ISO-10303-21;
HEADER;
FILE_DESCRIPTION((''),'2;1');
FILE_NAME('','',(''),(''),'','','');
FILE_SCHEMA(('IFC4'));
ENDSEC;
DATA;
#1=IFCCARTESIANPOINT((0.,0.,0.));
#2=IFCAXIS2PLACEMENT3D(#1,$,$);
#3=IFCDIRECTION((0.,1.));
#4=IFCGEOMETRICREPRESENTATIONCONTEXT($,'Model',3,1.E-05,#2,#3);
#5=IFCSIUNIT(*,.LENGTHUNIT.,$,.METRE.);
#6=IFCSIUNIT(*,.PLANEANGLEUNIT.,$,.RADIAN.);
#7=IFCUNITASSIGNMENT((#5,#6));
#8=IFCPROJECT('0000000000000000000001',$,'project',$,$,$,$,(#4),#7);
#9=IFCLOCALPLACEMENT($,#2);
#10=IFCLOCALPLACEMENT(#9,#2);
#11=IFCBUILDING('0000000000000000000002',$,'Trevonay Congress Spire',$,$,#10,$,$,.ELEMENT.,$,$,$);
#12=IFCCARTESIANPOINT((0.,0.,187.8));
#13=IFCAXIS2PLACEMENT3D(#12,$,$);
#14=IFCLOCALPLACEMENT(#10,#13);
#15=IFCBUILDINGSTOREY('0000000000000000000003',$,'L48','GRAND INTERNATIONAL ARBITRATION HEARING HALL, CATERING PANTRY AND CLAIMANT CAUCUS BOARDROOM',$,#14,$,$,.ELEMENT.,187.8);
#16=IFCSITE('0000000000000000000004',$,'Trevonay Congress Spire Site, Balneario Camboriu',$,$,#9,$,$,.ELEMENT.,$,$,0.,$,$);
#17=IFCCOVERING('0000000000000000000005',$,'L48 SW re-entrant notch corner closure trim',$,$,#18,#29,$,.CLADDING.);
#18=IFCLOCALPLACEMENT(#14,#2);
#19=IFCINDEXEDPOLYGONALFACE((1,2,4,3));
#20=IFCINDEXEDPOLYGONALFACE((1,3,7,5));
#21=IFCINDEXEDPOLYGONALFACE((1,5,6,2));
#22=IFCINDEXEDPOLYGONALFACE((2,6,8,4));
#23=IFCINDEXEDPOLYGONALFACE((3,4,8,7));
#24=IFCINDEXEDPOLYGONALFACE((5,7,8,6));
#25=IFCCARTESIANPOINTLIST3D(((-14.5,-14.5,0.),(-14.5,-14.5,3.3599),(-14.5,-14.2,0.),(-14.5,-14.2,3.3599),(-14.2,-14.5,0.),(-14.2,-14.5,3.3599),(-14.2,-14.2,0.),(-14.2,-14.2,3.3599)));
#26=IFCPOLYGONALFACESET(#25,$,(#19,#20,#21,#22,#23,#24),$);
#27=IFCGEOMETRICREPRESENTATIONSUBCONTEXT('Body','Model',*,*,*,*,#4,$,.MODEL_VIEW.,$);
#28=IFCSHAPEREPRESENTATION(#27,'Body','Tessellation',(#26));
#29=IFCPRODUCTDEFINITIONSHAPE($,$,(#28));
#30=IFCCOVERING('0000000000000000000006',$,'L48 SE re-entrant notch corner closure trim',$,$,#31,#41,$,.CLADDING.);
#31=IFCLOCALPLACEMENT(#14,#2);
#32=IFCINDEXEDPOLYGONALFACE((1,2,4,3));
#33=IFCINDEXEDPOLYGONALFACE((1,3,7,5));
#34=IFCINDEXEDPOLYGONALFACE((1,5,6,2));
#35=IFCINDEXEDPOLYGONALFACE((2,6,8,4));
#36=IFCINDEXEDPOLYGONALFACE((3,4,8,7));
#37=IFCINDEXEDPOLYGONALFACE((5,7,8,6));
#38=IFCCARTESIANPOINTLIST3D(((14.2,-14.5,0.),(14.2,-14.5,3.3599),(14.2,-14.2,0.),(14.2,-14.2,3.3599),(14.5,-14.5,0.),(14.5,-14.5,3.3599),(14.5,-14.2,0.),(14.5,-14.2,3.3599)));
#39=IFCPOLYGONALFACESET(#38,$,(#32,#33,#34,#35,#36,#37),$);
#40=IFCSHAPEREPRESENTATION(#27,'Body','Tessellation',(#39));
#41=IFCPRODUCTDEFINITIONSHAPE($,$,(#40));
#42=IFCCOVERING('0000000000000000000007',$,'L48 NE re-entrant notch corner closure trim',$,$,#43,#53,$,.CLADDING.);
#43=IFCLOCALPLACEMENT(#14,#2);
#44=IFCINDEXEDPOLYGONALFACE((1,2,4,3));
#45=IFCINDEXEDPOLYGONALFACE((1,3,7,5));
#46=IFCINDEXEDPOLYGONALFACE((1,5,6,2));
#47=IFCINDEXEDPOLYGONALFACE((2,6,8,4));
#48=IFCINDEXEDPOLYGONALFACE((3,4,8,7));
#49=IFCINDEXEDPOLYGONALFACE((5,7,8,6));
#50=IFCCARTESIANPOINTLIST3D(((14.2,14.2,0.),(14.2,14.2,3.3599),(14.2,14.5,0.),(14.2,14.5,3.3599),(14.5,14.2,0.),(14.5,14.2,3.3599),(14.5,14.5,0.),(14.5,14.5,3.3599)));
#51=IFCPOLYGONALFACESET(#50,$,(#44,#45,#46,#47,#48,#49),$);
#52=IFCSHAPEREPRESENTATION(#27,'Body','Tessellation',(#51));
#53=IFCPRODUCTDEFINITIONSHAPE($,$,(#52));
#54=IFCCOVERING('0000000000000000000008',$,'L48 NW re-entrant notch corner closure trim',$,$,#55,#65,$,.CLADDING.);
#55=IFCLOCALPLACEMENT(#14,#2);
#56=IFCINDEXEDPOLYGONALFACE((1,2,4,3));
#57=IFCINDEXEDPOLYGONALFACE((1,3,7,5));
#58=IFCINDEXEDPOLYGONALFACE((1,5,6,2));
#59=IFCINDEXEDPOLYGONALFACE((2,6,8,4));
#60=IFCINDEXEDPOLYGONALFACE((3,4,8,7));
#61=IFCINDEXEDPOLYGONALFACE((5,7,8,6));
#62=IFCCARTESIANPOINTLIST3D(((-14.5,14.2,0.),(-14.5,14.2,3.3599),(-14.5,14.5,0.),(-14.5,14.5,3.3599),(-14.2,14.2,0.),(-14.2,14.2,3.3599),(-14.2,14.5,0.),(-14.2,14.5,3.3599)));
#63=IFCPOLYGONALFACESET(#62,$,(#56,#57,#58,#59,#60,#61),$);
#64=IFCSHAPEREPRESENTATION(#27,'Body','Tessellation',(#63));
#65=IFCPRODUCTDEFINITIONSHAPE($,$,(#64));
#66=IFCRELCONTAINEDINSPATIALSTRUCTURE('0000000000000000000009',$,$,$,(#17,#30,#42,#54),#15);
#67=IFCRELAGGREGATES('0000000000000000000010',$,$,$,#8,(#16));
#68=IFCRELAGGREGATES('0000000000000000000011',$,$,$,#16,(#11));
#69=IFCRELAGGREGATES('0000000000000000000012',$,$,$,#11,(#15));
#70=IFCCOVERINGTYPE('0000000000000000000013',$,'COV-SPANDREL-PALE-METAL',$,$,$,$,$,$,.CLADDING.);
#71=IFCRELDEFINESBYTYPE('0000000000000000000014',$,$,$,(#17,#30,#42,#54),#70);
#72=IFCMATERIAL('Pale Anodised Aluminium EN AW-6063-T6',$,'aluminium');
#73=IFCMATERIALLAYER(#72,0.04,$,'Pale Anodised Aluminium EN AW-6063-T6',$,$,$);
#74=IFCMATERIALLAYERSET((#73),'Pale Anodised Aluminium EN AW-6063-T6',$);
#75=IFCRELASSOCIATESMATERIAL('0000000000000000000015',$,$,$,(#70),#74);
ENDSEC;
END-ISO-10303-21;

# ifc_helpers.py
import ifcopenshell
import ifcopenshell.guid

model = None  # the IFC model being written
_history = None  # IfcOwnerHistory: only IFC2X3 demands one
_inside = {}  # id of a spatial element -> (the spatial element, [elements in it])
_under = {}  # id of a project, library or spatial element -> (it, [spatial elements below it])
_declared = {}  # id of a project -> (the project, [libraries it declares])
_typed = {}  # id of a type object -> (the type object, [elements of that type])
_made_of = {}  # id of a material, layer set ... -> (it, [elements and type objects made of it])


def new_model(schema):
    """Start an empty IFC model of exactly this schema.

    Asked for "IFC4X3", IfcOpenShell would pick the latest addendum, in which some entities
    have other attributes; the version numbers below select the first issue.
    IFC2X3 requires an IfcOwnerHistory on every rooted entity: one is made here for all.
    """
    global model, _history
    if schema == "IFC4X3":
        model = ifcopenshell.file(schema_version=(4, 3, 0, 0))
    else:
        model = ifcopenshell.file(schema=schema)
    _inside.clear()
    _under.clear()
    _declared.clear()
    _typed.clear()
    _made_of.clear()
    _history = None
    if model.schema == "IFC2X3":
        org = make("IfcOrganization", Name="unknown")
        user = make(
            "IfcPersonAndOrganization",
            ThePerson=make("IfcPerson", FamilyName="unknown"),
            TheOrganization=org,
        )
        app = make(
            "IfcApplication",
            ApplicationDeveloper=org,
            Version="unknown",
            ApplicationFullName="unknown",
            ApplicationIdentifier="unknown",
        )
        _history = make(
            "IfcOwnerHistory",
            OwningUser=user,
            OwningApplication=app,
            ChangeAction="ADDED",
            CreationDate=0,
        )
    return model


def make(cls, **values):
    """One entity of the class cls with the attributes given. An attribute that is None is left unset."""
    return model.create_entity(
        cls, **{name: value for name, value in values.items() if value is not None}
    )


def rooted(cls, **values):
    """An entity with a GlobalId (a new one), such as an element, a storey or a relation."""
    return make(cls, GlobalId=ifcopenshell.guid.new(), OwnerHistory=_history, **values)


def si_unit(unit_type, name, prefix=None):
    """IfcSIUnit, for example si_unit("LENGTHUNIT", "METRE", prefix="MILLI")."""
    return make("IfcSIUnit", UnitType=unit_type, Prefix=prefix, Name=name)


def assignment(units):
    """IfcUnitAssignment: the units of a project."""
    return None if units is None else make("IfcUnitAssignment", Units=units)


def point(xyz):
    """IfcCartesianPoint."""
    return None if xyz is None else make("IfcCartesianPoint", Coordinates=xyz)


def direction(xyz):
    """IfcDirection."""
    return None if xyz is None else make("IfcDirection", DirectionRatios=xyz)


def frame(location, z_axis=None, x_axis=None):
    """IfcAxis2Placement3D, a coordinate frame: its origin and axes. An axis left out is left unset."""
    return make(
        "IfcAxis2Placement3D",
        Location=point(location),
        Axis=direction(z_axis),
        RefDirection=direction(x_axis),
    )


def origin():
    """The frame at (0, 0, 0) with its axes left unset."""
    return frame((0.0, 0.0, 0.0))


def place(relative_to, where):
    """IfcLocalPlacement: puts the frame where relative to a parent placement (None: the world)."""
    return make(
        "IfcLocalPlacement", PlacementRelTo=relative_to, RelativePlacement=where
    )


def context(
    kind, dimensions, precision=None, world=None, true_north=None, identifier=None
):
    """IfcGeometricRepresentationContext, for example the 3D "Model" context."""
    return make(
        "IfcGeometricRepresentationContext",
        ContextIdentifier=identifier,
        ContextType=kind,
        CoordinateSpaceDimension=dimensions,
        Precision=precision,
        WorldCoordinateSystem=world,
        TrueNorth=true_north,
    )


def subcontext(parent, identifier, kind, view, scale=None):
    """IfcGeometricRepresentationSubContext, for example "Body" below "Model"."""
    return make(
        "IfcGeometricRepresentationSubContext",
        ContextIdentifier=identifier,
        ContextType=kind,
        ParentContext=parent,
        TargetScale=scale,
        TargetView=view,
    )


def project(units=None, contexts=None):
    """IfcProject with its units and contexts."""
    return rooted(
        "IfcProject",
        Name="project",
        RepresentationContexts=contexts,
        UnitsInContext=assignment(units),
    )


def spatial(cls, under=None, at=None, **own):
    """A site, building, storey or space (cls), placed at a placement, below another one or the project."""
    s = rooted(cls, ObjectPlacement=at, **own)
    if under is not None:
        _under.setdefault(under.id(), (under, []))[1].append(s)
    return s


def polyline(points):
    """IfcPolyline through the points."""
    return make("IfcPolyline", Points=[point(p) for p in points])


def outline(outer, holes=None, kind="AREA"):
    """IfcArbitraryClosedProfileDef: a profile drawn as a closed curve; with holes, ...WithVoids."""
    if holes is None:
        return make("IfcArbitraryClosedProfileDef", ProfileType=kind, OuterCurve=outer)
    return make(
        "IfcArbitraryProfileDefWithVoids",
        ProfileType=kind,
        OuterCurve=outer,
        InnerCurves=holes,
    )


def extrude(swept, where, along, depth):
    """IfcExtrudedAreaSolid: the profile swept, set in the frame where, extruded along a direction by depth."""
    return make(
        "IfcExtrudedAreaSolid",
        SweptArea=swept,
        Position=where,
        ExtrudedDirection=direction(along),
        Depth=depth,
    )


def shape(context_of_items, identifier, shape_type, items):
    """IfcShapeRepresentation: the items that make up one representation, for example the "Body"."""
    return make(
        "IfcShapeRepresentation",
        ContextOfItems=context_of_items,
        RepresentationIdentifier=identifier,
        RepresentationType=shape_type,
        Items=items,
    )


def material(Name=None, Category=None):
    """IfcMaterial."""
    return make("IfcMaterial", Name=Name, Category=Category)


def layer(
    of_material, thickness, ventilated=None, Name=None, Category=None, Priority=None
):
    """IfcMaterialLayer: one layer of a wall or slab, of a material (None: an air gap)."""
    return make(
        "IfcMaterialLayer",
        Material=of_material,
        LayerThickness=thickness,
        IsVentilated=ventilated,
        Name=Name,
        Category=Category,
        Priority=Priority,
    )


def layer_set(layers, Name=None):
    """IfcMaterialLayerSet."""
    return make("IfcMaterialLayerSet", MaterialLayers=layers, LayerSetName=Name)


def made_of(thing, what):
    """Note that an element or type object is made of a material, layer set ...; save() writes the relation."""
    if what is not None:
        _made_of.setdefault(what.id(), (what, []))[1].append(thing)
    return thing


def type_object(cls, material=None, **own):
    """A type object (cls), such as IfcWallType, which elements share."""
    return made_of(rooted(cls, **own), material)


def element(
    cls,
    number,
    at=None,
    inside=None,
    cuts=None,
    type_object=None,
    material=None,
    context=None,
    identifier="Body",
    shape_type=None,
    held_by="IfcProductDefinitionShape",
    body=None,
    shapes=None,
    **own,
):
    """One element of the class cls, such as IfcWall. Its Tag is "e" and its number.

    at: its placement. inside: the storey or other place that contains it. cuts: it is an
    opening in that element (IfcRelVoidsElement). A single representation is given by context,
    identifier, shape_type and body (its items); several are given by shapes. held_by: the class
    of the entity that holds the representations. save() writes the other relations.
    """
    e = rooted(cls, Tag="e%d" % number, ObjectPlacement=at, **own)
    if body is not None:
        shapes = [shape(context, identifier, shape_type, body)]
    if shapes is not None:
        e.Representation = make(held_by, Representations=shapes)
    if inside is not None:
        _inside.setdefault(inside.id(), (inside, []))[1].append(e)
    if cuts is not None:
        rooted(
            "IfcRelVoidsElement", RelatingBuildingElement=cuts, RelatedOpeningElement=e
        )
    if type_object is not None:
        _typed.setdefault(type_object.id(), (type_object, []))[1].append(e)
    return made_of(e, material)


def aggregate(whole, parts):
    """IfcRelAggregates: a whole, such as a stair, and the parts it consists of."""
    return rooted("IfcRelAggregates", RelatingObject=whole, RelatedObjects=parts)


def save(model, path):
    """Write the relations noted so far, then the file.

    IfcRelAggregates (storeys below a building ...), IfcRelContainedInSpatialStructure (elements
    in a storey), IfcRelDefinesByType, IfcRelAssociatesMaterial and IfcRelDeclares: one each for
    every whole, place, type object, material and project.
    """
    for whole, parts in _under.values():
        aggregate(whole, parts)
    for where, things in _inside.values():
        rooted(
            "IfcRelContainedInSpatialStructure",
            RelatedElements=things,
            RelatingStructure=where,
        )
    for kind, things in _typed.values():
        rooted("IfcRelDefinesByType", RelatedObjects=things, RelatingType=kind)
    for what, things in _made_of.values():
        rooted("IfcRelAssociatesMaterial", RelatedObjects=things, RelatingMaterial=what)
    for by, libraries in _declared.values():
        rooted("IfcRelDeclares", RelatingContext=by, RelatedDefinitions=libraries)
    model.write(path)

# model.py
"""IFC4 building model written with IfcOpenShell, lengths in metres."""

from ifc_helpers import new_model, si_unit, direction, frame, origin, place, context, subcontext, project, spatial, polyline, outline, extrude, material, layer, layer_set, type_object, element, save


model = new_model("IFC4")

# Units and contexts
model_context = context("Model", 3, precision=1e-05, world=origin(), true_north=direction((0.0, 1.0)))
body_context = subcontext(model_context, "Body", "Model", "MODEL_VIEW")
ifc_project = project(units=[si_unit("LENGTHUNIT", "METRE"), si_unit("PLANEANGLEUNIT", "RADIAN")], contexts=[model_context])

# Site, building, storey
site_placement = place(None, origin())
site = spatial("IfcSite", under=ifc_project, at=site_placement, Name="Trevonay Congress Spire Site, Balneario Camboriu", CompositionType="ELEMENT", RefElevation=0.0)
building_placement = place(site_placement, origin())
building = spatial("IfcBuilding", under=site, at=building_placement, Name="Trevonay Congress Spire", CompositionType="ELEMENT")
storey_placement = place(building_placement, frame((0.0, 0.0, 187.8)))
storey = spatial("IfcBuildingStorey", under=building, at=storey_placement, Name="L48", Description="GRAND INTERNATIONAL ARBITRATION HEARING HALL, CATERING PANTRY AND CLAIMANT CAUCUS BOARDROOM", CompositionType="ELEMENT", Elevation=187.8)

# Shared definitions
ifc_material_1 = material(Name="Pale Anodised Aluminium EN AW-6063-T6", Category="aluminium")

# Coverings
ifc_layer_1 = layer(ifc_material_1, 0.04, Name="Pale Anodised Aluminium EN AW-6063-T6")
ifc_layer_set_1 = layer_set([ifc_layer_1], Name="Pale Anodised Aluminium EN AW-6063-T6")
covering_type_1 = type_object("IfcCoveringType", Name="COV-SPANDREL-PALE-METAL", PredefinedType="CLADDING", material=ifc_layer_set_1)
covering_1_placement = place(storey_placement, origin())
element("IfcCovering", 1, at=covering_1_placement, inside=storey, type_object=covering_type_1, Name="L48 SW re-entrant notch corner closure trim", PredefinedType="CLADDING", context=body_context, shape_type="SweptSolid", body=[
    extrude(outline(polyline([(-14.5, -14.5), (-14.2, -14.5), (-14.2, -14.2), (-14.5, -14.2), (-14.5, -14.5)])), origin(), (0.0, 0.0, 1.0), 3.3599),
])
covering_2_placement = place(storey_placement, origin())
element("IfcCovering", 2, at=covering_2_placement, inside=storey, type_object=covering_type_1, Name="L48 SE re-entrant notch corner closure trim", PredefinedType="CLADDING", context=body_context, shape_type="SweptSolid", body=[
    extrude(outline(polyline([(14.2, -14.5), (14.5, -14.5), (14.5, -14.2), (14.2, -14.2), (14.2, -14.5)])), origin(), (0.0, 0.0, 1.0), 3.3599),
])
covering_3_placement = place(storey_placement, origin())
element("IfcCovering", 3, at=covering_3_placement, inside=storey, type_object=covering_type_1, Name="L48 NE re-entrant notch corner closure trim", PredefinedType="CLADDING", context=body_context, shape_type="SweptSolid", body=[
    extrude(outline(polyline([(14.2, 14.2), (14.5, 14.2), (14.5, 14.5), (14.2, 14.5), (14.2, 14.2)])), origin(), (0.0, 0.0, 1.0), 3.3599),
])
covering_4_placement = place(storey_placement, origin())
element("IfcCovering", 4, at=covering_4_placement, inside=storey, type_object=covering_type_1, Name="L48 NW re-entrant notch corner closure trim", PredefinedType="CLADDING", context=body_context, shape_type="SweptSolid", body=[
    extrude(outline(polyline([(-14.5, 14.2), (-14.2, 14.2), (-14.2, 14.5), (-14.5, 14.5), (-14.5, 14.2)])), origin(), (0.0, 0.0, 1.0), 3.3599),
])

save(model, "model.ifc")
